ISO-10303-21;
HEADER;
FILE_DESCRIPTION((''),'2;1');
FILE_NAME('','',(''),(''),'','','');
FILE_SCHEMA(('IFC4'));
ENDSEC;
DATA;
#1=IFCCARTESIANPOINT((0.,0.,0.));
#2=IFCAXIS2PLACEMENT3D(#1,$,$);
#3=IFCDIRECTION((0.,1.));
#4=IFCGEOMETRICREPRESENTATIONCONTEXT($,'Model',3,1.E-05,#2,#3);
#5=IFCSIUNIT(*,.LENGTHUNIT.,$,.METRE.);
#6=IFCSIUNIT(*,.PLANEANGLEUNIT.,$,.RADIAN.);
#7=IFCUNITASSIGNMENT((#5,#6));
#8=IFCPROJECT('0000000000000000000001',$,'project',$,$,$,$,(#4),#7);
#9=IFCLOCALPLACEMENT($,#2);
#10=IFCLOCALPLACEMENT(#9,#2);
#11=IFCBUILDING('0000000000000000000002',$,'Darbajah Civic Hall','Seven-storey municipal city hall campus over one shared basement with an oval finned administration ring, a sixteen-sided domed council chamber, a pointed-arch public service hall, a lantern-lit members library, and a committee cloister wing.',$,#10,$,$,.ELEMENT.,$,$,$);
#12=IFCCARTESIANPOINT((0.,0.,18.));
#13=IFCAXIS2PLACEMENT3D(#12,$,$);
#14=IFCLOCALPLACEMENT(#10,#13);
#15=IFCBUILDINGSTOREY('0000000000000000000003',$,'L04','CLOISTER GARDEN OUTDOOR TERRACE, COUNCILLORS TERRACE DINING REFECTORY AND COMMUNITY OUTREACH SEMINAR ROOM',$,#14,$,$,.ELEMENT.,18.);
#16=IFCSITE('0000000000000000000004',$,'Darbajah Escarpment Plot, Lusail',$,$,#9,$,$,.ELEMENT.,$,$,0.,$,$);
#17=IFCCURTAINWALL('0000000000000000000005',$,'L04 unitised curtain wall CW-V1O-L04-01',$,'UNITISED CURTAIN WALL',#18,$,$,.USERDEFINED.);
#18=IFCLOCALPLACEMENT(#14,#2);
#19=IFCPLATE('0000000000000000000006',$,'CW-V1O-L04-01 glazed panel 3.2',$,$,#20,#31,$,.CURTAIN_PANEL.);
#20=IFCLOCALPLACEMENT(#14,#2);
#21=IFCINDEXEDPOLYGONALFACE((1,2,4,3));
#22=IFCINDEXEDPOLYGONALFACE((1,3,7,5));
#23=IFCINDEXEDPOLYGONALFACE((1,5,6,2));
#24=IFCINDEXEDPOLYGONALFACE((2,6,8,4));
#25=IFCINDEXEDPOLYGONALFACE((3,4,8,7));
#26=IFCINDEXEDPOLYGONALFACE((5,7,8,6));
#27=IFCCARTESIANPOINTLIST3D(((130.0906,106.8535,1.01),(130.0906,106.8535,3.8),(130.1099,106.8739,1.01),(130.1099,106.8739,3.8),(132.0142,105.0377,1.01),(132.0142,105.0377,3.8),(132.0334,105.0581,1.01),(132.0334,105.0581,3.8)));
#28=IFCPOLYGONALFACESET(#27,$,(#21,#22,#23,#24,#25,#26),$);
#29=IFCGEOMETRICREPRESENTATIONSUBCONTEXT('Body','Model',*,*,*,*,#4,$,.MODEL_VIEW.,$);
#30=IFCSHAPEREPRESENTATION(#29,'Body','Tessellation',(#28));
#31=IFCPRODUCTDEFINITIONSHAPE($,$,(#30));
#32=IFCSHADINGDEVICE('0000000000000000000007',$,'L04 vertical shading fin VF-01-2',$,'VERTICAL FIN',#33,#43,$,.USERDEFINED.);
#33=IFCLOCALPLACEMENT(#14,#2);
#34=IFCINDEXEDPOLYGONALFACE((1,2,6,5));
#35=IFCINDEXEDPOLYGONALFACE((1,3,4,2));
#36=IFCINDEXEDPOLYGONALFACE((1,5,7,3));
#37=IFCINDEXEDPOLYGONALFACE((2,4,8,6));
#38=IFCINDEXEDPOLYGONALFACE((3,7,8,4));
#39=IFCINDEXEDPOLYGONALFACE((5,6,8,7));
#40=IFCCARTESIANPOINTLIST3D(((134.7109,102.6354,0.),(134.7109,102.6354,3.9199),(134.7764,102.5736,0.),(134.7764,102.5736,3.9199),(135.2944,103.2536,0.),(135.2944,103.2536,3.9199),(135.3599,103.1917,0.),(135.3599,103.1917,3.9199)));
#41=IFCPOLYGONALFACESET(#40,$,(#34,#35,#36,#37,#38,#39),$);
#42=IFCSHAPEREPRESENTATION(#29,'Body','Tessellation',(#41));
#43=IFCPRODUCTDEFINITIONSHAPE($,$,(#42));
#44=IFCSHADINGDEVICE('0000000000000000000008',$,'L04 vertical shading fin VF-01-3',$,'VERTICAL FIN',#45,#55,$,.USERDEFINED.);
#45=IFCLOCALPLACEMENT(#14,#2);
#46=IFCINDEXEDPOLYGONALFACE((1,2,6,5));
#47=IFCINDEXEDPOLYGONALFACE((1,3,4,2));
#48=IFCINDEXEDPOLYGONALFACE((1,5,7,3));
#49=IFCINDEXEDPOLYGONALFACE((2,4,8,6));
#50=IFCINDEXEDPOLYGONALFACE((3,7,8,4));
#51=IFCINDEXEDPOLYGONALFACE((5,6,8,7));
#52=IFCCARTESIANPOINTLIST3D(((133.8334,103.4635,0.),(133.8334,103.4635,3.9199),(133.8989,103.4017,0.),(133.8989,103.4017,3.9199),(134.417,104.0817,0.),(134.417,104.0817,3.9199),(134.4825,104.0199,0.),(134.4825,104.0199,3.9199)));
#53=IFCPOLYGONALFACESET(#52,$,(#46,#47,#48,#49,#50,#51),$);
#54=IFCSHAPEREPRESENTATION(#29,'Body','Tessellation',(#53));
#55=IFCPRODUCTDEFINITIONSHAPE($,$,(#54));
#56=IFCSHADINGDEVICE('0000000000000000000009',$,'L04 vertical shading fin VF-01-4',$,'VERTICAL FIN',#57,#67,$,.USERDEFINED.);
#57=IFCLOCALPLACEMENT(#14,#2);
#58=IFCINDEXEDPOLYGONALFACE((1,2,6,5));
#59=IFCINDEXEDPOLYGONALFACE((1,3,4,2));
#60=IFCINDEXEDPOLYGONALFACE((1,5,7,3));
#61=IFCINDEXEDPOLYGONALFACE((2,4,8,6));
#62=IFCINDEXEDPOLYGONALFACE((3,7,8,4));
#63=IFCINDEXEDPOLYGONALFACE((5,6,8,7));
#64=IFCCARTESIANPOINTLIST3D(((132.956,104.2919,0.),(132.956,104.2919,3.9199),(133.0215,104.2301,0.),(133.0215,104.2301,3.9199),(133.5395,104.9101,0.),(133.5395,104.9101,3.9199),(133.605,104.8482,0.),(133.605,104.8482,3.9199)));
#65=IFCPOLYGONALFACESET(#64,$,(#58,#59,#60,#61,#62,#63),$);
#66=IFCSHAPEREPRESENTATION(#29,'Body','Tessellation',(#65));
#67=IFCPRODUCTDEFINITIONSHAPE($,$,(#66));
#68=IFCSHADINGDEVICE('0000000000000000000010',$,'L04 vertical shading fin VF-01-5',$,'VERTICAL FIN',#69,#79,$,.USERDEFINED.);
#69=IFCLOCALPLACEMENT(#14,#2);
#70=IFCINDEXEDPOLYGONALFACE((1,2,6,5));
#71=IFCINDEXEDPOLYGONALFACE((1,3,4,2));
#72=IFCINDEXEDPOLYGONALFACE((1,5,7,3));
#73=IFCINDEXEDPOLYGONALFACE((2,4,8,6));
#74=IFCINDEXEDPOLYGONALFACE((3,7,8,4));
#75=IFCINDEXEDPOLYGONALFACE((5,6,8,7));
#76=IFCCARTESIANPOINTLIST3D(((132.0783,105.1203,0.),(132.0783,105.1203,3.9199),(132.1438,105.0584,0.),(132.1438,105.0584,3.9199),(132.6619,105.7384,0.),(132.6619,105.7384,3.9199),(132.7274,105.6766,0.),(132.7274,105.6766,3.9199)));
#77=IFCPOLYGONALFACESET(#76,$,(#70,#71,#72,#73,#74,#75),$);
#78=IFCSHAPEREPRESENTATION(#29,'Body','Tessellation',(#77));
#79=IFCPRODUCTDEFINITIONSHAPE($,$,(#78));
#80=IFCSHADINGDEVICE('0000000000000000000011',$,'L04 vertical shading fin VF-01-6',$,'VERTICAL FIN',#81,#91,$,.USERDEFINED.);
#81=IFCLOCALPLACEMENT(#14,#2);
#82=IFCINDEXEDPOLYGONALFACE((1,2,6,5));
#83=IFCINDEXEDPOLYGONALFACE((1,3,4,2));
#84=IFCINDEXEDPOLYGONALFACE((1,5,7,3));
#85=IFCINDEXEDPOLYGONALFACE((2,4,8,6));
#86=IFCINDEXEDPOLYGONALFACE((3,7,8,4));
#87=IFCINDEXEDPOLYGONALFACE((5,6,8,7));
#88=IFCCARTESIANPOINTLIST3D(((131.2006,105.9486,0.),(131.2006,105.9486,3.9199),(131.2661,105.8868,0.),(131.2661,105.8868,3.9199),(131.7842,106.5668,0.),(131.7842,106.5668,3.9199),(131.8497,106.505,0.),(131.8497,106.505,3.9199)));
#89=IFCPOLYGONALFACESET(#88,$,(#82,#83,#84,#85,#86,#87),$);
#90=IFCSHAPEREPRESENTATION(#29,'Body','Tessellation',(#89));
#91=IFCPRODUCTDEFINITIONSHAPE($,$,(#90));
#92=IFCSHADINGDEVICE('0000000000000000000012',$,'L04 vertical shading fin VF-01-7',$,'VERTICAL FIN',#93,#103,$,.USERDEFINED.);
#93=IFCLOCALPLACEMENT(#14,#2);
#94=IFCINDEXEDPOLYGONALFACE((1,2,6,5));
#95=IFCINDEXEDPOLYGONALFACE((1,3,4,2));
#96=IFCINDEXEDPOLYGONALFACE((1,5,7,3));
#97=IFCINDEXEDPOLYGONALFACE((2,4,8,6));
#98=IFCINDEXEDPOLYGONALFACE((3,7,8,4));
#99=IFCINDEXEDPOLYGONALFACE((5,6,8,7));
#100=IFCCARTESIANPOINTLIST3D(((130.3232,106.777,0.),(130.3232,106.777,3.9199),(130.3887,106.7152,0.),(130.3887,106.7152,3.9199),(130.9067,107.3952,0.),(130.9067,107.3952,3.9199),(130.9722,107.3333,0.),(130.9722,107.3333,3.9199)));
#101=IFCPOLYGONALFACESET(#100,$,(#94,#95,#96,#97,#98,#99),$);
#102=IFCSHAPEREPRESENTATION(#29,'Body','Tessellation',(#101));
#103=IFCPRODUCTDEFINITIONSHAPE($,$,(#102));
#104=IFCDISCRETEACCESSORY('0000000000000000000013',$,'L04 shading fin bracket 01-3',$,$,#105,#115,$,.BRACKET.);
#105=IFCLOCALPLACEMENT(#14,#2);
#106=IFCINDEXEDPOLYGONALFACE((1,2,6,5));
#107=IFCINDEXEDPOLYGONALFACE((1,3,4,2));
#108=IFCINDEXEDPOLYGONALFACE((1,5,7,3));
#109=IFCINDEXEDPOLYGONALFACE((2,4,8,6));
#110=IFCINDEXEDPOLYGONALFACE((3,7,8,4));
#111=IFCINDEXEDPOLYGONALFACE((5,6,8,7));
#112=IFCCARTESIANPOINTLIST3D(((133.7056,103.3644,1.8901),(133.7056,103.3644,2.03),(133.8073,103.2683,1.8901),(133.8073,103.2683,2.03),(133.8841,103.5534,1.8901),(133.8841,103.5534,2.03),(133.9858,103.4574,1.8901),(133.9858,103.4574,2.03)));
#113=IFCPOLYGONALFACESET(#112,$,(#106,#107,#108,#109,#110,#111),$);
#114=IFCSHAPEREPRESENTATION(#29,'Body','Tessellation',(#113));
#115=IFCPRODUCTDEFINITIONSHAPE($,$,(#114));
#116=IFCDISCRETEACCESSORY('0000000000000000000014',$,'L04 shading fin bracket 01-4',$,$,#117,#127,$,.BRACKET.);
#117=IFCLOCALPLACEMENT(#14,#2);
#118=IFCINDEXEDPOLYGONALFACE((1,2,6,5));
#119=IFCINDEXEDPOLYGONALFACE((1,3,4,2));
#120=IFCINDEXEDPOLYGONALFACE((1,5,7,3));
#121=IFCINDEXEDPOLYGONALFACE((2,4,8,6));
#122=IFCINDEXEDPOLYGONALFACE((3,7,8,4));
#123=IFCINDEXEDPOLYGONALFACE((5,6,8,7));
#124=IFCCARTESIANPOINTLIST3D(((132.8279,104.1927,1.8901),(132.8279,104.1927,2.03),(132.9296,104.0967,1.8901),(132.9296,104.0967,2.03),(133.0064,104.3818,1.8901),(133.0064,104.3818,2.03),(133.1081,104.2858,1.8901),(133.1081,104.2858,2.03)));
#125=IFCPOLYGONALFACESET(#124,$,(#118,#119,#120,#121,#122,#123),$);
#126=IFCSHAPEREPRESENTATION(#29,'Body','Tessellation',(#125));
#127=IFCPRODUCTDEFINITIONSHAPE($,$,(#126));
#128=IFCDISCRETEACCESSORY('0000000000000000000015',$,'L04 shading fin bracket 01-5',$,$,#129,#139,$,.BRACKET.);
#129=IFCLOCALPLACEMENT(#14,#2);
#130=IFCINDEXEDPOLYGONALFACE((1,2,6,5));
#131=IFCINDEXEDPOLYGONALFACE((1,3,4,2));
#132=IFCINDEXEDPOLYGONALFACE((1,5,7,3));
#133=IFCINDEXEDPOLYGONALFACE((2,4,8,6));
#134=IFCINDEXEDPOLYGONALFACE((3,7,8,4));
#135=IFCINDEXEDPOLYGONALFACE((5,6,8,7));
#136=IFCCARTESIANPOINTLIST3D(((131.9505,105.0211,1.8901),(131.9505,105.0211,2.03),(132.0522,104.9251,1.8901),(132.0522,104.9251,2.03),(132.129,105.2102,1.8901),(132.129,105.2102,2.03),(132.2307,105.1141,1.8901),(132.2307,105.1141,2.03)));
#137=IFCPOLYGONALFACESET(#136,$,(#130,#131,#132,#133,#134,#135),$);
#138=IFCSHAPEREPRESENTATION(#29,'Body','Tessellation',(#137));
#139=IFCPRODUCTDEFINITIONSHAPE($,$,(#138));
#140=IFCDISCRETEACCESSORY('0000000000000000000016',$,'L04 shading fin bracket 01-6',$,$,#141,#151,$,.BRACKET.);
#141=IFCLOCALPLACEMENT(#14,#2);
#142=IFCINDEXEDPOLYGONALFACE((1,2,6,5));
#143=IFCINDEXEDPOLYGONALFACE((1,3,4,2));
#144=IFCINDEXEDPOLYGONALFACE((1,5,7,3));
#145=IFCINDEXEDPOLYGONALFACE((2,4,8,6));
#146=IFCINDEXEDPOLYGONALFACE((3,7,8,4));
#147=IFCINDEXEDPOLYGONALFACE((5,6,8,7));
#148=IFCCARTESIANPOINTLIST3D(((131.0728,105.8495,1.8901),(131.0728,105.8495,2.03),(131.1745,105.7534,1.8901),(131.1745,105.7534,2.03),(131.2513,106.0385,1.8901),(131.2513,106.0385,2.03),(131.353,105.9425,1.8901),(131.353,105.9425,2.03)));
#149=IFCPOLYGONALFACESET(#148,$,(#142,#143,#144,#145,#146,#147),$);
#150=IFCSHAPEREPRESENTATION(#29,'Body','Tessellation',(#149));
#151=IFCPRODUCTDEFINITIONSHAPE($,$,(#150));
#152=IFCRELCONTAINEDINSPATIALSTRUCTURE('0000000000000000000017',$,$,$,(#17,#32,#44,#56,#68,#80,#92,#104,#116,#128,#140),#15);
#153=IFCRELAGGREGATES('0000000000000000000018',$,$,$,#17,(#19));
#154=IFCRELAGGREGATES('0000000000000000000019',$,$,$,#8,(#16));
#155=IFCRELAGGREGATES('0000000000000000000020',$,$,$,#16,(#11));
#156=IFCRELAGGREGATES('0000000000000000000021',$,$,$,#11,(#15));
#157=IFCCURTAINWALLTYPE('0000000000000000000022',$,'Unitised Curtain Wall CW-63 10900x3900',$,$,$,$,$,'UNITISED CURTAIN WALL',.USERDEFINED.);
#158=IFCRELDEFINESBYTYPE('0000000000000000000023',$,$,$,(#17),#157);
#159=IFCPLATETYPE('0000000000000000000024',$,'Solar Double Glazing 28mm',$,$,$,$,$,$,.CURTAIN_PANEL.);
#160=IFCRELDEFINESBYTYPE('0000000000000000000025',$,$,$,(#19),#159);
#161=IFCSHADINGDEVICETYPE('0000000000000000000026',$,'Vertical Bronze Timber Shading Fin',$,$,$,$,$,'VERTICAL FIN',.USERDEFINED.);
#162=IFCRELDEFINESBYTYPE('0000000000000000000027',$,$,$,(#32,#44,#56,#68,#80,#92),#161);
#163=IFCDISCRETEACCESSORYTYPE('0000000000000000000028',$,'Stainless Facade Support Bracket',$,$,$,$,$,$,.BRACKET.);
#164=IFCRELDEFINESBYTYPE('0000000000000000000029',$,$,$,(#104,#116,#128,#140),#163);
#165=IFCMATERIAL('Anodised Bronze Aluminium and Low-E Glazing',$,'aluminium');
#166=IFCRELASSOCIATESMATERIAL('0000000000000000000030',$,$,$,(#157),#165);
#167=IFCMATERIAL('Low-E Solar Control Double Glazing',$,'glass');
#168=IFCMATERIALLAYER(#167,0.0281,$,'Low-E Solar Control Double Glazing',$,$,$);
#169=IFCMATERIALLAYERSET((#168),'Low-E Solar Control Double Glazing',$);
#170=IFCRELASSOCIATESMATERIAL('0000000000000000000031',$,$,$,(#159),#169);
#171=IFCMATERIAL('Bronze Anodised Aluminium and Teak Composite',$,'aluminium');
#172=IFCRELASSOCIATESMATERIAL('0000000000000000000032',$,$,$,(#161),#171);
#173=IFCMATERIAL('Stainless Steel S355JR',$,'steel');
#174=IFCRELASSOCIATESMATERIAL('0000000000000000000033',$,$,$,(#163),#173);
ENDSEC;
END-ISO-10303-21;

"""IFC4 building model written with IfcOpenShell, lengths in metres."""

from ifc_helpers import new_model, si_unit, direction, frame, origin, origin_2d, place, context, subcontext, project, spatial, rectangle, extrude, material, layer, layer_set, type_object, element, aggregate, save


model = new_model("IFC4")

# Units and contexts
model_context = context("Model", 3, precision=1e-05, world=origin(), true_north=direction((0.0, 1.0)))
body_context = subcontext(model_context, "Body", "Model", "MODEL_VIEW")
ifc_project = project(units=[si_unit("LENGTHUNIT", "METRE"), si_unit("PLANEANGLEUNIT", "RADIAN")], contexts=[model_context])

# Site, building, storey
site_placement = place(None, origin())
site = spatial("IfcSite", under=ifc_project, at=site_placement, Name="Darbajah Escarpment Plot, Lusail", CompositionType="ELEMENT", RefElevation=0.0)
building_placement = place(site_placement, origin())
building = spatial("IfcBuilding", under=site, at=building_placement, Name="Darbajah Civic Hall", Description="Seven-storey municipal city hall campus over one shared basement with an oval finned administration ring, a sixteen-sided domed council chamber, a pointed-arch public service hall, a lantern-lit members library, and a committee cloister wing.", CompositionType="ELEMENT")
storey_placement = place(building_placement, frame((0.0, 0.0, 18.0)))
storey = spatial("IfcBuildingStorey", under=building, at=storey_placement, Name="L04", Description="CLOISTER GARDEN OUTDOOR TERRACE, COUNCILLORS TERRACE DINING REFECTORY AND COMMUNITY OUTREACH SEMINAR ROOM", CompositionType="ELEMENT", Elevation=18.0)

# Curtain wall, plate
ifc_material_1 = material(Name="Anodised Bronze Aluminium and Low-E Glazing", Category="aluminium")
curtain_wall_type = type_object("IfcCurtainWallType", Name="Unitised Curtain Wall CW-63 10900x3900", ElementType="UNITISED CURTAIN WALL", PredefinedType="USERDEFINED", material=ifc_material_1)
curtain_wall_placement = place(storey_placement, origin())
curtain_wall = element("IfcCurtainWall", 1, at=curtain_wall_placement, inside=storey, type_object=curtain_wall_type, Name="L04 unitised curtain wall CW-V1O-L04-01", ObjectType="UNITISED CURTAIN WALL", PredefinedType="USERDEFINED")
ifc_material_2 = material(Name="Low-E Solar Control Double Glazing", Category="glass")
ifc_layer = layer(ifc_material_2, 0.0281, Name="Low-E Solar Control Double Glazing")
ifc_layer_set = layer_set([ifc_layer], Name="Low-E Solar Control Double Glazing")
plate_type = type_object("IfcPlateType", Name="Solar Double Glazing 28mm", PredefinedType="CURTAIN_PANEL", material=ifc_layer_set)
plate_1_placement = place(storey_placement, frame((131.062, 105.9558, 1.01), z_axis=(0.0, 0.0, 1.0), x_axis=(-0.727174, 0.686453, 0.0)))
plate_1 = element("IfcPlate", 2, at=plate_1_placement, type_object=plate_type, Name="CW-V1O-L04-01 glazed panel 3.2", PredefinedType="CURTAIN_PANEL", context=body_context, shape_type="SweptSolid", body=[
    extrude(rectangle(XDim=2.6453, YDim=0.0281, at=origin_2d()), origin(), (0.0, 0.0, 1.0), 2.79),
])
aggregate(curtain_wall, [plate_1])

# Shading devices
ifc_material_3 = material(Name="Bronze Anodised Aluminium and Teak Composite", Category="aluminium")
shading_device_type = type_object("IfcShadingDeviceType", Name="Vertical Bronze Timber Shading Fin", ElementType="VERTICAL FIN", PredefinedType="USERDEFINED", material=ifc_material_3)
for number, where, z_axis, x_axis, name in (
    (3, (135.0354, 102.9136, 0.0), (0.0, 0.0, 1.0), (0.686453, 0.727174, 0.0), "L04 vertical shading fin VF-01-2"),
    (4, (134.158, 103.7417, 0.0), (0.0, 0.0, 1.0), (0.686453, 0.727174, 0.0), "L04 vertical shading fin VF-01-3"),
    (5, (133.2805, 104.5701, 0.0), (0.0, 0.0, 1.0), (0.686453, 0.727174, 0.0), "L04 vertical shading fin VF-01-4"),
    (6, (132.4028, 105.3984, 0.0), (0.0, 0.0, 1.0), (0.686453, 0.727174, 0.0), "L04 vertical shading fin VF-01-5"),
    (7, (131.5251, 106.2268, 0.0), (0.0, 0.0, 1.0), (0.686453, 0.727174, 0.0), "L04 vertical shading fin VF-01-6"),
    (8, (130.6477, 107.0552, 0.0), (0.0, 0.0, 1.0), (0.686453, 0.727174, 0.0), "L04 vertical shading fin VF-01-7"),
):
    element("IfcShadingDevice", number, at=place(storey_placement, frame(where, z_axis=z_axis, x_axis=x_axis)), inside=storey, type_object=shading_device_type, Name=name, ObjectType="VERTICAL FIN", PredefinedType="USERDEFINED", context=body_context, shape_type="SweptSolid", body=[
        extrude(rectangle(XDim=0.8501, YDim=0.0901, at=origin_2d()), origin(), (0.0, 0.0, 1.0), 3.9199),
    ])

# Discrete accessories
ifc_material_4 = material(Name="Stainless Steel S355JR", Category="steel")
discrete_accessory_type = type_object("IfcDiscreteAccessoryType", Name="Stainless Facade Support Bracket", PredefinedType="BRACKET", material=ifc_material_4)
for number, where, z_axis, x_axis, name in (
    (9, (133.8457, 103.4109, 1.8901), (0.0, 0.0, 1.0), (0.686453, 0.727174, 0.0), "L04 shading fin bracket 01-3"),
    (10, (132.968, 104.2393, 1.8901), (0.0, 0.0, 1.0), (0.686453, 0.727174, 0.0), "L04 shading fin bracket 01-4"),
    (11, (132.0906, 105.0676, 1.8901), (0.0, 0.0, 1.0), (0.686453, 0.727174, 0.0), "L04 shading fin bracket 01-5"),
    (12, (131.2129, 105.896, 1.8901), (0.0, 0.0, 1.0), (0.686453, 0.727174, 0.0), "L04 shading fin bracket 01-6"),
):
    element("IfcDiscreteAccessory", number, at=place(storey_placement, frame(where, z_axis=z_axis, x_axis=x_axis)), inside=storey, type_object=discrete_accessory_type, Name=name, PredefinedType="BRACKET", context=body_context, shape_type="SweptSolid", body=[
        extrude(rectangle(XDim=0.26, YDim=0.1399, at=origin_2d()), origin(), (0.0, 0.0, 1.0), 0.1399),
    ])

save(model, "model.ifc")
